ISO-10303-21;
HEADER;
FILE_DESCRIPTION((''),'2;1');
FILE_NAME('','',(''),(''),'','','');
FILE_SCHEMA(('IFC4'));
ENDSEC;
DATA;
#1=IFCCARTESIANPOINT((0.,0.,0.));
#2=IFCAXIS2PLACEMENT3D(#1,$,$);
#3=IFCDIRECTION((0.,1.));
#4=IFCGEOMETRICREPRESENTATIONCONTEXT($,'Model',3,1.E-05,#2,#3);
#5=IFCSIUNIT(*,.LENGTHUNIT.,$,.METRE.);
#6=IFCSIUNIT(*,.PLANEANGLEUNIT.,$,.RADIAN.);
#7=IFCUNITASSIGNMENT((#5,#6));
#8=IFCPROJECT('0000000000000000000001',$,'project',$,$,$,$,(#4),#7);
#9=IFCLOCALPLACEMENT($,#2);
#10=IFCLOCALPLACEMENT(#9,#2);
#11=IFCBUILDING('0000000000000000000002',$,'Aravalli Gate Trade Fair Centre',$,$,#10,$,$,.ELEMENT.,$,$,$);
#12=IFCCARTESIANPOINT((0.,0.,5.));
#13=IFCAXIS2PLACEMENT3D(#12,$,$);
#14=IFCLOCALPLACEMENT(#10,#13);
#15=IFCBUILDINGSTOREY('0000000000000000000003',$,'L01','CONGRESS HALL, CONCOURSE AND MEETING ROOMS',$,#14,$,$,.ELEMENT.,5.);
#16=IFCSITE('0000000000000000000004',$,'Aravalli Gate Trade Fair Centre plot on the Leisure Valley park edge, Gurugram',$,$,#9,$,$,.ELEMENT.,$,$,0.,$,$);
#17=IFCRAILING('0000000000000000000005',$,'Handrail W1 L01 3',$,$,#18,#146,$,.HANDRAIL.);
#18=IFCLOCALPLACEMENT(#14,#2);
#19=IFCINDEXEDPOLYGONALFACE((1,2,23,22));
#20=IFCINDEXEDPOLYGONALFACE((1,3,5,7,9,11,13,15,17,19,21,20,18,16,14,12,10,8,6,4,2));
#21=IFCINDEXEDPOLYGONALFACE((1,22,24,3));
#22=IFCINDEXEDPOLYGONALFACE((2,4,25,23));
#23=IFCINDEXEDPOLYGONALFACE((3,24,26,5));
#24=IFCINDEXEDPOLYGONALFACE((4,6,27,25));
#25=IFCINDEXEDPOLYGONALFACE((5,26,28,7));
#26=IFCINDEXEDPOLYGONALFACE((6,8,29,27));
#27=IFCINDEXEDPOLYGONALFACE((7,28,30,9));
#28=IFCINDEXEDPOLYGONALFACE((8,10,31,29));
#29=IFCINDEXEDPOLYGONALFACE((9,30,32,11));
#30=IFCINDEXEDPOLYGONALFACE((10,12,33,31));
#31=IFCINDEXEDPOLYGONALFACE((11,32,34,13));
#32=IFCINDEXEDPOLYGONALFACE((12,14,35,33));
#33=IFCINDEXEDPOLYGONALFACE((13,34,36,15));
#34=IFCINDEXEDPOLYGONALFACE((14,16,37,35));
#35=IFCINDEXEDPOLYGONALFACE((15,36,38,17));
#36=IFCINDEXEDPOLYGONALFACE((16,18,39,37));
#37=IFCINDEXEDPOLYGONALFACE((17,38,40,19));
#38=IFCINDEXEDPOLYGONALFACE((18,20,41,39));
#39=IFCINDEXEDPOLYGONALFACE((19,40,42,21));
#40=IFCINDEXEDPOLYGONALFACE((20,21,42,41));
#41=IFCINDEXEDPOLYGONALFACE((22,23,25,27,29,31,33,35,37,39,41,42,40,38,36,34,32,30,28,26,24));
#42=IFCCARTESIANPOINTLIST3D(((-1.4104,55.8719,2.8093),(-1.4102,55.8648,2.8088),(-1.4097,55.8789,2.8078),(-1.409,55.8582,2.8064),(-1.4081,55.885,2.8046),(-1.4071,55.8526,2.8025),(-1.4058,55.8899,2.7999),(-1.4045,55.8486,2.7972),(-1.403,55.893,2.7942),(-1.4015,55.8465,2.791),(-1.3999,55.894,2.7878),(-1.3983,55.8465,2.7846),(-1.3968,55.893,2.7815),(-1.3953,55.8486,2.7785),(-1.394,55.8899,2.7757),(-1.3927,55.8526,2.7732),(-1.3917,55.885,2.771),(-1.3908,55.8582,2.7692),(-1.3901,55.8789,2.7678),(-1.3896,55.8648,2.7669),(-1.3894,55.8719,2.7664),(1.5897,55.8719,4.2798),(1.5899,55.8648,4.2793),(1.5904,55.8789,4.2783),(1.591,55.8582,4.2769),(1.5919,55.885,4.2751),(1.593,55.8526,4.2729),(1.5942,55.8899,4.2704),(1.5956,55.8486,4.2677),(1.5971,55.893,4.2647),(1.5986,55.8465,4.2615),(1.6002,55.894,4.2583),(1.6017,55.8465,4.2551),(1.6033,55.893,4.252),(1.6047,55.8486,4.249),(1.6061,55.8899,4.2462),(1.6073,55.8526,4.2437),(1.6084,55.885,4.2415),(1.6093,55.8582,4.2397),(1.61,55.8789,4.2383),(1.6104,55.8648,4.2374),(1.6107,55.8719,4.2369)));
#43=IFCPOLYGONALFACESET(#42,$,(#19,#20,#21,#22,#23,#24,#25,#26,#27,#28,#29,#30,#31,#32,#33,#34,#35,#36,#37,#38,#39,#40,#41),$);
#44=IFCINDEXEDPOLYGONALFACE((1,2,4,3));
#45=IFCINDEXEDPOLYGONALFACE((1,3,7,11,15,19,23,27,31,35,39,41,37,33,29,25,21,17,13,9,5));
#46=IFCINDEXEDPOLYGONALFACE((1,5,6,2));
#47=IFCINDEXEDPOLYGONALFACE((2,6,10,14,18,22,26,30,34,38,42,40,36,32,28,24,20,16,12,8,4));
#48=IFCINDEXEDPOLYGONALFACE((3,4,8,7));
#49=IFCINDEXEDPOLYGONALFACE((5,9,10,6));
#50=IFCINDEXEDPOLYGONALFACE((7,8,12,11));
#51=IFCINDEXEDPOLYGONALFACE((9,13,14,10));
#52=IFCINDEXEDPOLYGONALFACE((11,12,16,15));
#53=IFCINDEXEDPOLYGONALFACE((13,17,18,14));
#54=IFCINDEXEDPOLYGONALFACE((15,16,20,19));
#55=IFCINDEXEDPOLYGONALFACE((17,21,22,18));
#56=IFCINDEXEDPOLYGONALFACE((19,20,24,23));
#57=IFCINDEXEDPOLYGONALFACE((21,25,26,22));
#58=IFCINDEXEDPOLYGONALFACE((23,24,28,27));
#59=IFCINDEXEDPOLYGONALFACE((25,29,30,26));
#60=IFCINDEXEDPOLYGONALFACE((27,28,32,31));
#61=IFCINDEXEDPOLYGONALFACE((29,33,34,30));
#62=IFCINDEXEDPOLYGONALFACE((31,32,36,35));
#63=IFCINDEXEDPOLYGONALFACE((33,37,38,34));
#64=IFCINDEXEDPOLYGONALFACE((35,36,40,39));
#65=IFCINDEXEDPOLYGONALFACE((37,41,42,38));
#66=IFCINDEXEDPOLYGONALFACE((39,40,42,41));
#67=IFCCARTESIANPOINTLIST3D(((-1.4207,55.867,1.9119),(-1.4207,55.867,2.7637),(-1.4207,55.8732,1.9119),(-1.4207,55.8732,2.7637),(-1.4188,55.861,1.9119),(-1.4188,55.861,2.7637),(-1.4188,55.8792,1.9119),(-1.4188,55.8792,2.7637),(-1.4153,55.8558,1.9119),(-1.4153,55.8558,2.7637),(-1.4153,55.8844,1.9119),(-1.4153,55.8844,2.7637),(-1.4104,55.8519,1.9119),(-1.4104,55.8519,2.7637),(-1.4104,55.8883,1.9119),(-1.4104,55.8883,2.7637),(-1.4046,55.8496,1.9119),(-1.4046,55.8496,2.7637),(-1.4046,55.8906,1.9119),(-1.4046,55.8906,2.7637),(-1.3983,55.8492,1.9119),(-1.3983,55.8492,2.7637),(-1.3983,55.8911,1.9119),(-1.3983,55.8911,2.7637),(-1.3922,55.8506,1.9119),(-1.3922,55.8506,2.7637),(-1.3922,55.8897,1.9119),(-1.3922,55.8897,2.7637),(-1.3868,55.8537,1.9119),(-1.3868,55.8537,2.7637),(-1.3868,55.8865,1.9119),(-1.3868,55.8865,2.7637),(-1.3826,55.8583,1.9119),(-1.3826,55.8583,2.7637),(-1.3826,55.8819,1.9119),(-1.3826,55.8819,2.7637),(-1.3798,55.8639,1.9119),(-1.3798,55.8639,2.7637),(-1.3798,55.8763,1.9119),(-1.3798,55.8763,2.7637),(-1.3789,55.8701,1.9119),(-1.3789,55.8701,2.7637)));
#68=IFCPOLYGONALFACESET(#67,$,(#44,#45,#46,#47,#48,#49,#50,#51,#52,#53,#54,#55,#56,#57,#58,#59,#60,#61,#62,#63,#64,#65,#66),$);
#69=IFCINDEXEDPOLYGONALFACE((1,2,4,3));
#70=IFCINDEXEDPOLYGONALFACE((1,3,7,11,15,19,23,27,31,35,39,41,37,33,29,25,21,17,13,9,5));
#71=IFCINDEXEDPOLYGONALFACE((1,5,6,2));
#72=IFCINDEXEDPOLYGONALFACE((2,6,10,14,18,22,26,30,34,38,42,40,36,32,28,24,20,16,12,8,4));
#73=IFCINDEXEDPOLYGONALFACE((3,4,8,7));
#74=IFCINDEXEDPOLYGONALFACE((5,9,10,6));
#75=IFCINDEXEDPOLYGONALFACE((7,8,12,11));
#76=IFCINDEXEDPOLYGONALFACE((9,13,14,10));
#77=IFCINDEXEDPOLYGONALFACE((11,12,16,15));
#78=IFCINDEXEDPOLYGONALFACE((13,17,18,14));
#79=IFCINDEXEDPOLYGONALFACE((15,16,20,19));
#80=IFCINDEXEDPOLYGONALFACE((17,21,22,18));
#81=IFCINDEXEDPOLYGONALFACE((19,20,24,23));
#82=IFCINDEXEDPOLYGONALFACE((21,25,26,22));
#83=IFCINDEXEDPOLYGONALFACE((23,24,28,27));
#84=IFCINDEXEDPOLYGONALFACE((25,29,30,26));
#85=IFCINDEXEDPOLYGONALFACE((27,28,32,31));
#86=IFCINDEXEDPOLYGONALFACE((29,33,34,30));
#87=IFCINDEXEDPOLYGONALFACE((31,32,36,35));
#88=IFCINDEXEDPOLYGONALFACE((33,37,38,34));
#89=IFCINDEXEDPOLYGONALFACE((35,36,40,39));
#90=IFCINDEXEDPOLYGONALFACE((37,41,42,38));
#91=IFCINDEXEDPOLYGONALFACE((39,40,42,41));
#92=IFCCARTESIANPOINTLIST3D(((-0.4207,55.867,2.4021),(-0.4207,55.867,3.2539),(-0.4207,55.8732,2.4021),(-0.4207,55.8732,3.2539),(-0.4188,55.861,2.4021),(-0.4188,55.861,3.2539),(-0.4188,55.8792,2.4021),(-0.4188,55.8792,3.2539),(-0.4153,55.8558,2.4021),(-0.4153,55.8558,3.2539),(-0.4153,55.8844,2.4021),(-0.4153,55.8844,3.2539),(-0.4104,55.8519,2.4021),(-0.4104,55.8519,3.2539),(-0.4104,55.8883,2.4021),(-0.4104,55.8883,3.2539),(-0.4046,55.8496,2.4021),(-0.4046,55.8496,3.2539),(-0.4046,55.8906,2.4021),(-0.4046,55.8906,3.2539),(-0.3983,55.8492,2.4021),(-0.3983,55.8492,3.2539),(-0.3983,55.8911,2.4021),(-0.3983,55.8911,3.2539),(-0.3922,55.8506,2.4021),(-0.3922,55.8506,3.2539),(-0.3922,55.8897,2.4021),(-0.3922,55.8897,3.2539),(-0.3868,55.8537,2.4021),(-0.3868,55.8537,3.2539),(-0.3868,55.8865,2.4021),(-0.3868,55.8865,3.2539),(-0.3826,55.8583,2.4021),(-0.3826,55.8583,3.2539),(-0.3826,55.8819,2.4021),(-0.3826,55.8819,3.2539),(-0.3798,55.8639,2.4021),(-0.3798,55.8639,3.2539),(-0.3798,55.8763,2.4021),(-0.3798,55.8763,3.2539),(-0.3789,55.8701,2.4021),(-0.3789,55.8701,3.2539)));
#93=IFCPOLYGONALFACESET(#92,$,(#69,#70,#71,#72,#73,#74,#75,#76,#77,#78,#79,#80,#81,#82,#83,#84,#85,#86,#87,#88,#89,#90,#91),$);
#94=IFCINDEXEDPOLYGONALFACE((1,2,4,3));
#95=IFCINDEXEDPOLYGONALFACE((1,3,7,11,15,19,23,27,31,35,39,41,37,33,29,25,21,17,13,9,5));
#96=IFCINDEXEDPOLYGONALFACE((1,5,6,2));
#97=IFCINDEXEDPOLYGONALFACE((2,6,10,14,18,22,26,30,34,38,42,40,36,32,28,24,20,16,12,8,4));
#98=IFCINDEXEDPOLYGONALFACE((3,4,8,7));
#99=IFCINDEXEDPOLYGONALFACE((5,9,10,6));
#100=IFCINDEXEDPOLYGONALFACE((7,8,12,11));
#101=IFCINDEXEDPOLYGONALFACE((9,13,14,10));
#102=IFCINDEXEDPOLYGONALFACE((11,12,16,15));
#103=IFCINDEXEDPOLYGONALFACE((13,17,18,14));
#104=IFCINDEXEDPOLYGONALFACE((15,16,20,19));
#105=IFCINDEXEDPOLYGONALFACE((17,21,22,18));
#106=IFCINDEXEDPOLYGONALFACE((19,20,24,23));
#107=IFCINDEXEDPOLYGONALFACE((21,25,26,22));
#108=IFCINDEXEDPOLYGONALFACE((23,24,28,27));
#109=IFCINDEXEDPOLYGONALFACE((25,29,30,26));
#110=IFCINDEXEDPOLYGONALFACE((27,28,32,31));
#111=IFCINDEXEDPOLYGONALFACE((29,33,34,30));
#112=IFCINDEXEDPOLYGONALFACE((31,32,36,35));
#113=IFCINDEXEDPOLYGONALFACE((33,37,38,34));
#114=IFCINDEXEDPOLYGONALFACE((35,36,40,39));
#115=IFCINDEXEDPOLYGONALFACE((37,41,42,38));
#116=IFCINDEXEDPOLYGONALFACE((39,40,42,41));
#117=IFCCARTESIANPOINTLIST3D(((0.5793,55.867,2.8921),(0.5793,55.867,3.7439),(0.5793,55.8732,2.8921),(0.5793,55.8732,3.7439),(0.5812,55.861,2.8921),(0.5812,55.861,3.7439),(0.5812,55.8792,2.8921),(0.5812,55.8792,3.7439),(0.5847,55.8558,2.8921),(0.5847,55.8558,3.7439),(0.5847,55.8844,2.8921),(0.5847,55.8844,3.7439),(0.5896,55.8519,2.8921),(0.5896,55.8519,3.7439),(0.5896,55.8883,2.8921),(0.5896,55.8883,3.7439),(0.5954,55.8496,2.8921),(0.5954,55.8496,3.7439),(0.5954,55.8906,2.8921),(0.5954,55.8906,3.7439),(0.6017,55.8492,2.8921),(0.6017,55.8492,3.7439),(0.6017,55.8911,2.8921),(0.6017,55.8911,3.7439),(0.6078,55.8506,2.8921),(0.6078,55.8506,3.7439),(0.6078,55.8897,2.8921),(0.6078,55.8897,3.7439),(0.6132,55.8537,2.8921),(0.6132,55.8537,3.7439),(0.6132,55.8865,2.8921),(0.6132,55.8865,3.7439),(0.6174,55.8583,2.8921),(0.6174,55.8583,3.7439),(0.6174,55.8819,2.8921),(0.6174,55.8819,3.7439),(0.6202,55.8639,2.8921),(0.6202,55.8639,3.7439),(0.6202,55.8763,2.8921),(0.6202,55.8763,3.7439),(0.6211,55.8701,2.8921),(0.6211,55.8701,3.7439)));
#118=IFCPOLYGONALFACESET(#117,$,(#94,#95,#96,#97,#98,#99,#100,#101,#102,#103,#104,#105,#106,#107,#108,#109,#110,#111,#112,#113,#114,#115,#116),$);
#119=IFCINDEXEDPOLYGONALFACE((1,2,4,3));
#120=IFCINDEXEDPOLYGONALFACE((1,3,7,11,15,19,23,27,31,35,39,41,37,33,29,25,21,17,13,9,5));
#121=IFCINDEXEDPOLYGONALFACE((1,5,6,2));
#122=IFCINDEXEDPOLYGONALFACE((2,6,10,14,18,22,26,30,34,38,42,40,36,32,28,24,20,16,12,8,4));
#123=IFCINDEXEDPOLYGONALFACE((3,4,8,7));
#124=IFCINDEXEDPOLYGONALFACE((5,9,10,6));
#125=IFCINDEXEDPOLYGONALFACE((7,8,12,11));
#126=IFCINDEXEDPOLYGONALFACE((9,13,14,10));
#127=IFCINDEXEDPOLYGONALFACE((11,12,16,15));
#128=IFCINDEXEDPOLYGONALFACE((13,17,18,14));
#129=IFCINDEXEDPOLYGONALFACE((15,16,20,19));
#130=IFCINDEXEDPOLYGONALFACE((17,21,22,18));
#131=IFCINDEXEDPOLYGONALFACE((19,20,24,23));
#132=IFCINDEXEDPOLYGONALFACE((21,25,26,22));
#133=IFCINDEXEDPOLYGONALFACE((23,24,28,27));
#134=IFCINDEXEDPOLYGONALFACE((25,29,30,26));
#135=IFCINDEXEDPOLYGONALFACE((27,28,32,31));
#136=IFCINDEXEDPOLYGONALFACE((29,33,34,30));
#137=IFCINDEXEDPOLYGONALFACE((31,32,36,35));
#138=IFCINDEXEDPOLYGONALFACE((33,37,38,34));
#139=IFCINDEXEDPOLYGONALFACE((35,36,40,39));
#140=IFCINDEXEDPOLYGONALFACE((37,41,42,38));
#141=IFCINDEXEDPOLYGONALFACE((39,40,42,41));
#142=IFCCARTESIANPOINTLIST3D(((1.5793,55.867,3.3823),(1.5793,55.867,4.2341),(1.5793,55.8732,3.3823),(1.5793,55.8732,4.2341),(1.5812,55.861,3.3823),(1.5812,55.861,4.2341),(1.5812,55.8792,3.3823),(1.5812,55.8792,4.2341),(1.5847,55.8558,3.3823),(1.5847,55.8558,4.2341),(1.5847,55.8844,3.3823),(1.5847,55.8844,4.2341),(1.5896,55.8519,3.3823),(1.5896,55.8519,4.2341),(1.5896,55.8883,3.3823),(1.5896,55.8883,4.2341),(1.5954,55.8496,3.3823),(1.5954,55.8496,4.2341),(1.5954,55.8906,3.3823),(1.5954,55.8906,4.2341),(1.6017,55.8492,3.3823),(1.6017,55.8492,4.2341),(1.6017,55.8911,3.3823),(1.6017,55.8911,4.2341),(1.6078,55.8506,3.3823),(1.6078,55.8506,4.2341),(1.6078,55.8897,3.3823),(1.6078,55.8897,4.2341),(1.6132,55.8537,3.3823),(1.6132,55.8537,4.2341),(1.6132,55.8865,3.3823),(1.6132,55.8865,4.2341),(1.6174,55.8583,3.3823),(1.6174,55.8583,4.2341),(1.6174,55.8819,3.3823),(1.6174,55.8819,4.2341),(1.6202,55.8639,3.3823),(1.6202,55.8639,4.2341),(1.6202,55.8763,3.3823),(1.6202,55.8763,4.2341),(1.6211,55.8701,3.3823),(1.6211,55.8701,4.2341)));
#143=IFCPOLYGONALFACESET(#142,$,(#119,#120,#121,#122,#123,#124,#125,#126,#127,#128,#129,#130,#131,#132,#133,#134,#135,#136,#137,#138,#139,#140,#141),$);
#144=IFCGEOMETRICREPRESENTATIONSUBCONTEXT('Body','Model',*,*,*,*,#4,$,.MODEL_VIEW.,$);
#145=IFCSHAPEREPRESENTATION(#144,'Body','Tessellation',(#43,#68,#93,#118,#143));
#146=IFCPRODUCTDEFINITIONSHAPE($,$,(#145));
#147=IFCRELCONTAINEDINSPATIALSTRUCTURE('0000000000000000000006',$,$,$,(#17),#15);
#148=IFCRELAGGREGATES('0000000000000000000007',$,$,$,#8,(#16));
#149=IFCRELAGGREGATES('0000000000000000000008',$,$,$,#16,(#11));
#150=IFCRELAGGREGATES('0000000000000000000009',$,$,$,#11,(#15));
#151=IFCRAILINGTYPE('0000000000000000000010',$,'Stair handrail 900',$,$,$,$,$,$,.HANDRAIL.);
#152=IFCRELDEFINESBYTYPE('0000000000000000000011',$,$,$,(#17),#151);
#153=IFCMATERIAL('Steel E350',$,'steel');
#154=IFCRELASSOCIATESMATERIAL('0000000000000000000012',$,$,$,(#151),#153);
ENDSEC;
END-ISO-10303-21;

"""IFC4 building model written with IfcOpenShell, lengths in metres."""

from ifc_helpers import new_model, si_unit, direction, frame, origin, origin_2d, place, context, subcontext, project, spatial, circle, extrude, material, type_object, element, save


model = new_model("IFC4")

# Units and contexts
model_context = context("Model", 3, precision=1e-05, world=origin(), true_north=direction((0.0, 1.0)))
body_context = subcontext(model_context, "Body", "Model", "MODEL_VIEW")
ifc_project = project(units=[si_unit("LENGTHUNIT", "METRE"), si_unit("PLANEANGLEUNIT", "RADIAN")], contexts=[model_context])

# Site, building, storey
site_placement = place(None, origin())
site = spatial("IfcSite", under=ifc_project, at=site_placement, Name="Aravalli Gate Trade Fair Centre plot on the Leisure Valley park edge, Gurugram", CompositionType="ELEMENT", RefElevation=0.0)
building_placement = place(site_placement, origin())
building = spatial("IfcBuilding", under=site, at=building_placement, Name="Aravalli Gate Trade Fair Centre", CompositionType="ELEMENT")
storey_placement = place(building_placement, frame((0.0, 0.0, 5.0)))
storey = spatial("IfcBuildingStorey", under=building, at=storey_placement, Name="L01", Description="CONGRESS HALL, CONCOURSE AND MEETING ROOMS", CompositionType="ELEMENT", Elevation=5.0)

# Railing
ifc_material_1 = material(Name="Steel E350", Category="steel")
railing_type = type_object("IfcRailingType", Name="Stair handrail 900", PredefinedType="HANDRAIL", material=ifc_material_1)
for number, where, name in (
    (1, (-1.3999, 55.8701, 1.9119), "Handrail W1 L01 3"),
):
    element("IfcRailing", number, at=place(storey_placement, frame(where)), inside=storey, type_object=railing_type, Name=name, PredefinedType="HANDRAIL", context=body_context, shape_type="SweptSolid", body=[
        extrude(circle(Radius=0.0239, at=origin_2d()), frame((0.0, 0.0, 0.876), z_axis=(0.897936, 0.0, 0.440126), x_axis=(0.0, 1.0, 0.0)), (0.0, 0.0, 1.0), 3.3411),
        extrude(circle(Radius=0.021, at=origin_2d()), origin(), (0.0, 0.0, 1.0), 0.8518),
        extrude(circle(Radius=0.021, at=origin_2d()), frame((1.0, 0.0, 0.4902)), (0.0, 0.0, 1.0), 0.8518),
        extrude(circle(Radius=0.021, at=origin_2d()), frame((2.0, 0.0, 0.9802)), (0.0, 0.0, 1.0), 0.8518),
        extrude(circle(Radius=0.021, at=origin_2d()), frame((3.0, 0.0, 1.4705)), (0.0, 0.0, 1.0), 0.8518),
    ])

save(model, "model.ifc")
